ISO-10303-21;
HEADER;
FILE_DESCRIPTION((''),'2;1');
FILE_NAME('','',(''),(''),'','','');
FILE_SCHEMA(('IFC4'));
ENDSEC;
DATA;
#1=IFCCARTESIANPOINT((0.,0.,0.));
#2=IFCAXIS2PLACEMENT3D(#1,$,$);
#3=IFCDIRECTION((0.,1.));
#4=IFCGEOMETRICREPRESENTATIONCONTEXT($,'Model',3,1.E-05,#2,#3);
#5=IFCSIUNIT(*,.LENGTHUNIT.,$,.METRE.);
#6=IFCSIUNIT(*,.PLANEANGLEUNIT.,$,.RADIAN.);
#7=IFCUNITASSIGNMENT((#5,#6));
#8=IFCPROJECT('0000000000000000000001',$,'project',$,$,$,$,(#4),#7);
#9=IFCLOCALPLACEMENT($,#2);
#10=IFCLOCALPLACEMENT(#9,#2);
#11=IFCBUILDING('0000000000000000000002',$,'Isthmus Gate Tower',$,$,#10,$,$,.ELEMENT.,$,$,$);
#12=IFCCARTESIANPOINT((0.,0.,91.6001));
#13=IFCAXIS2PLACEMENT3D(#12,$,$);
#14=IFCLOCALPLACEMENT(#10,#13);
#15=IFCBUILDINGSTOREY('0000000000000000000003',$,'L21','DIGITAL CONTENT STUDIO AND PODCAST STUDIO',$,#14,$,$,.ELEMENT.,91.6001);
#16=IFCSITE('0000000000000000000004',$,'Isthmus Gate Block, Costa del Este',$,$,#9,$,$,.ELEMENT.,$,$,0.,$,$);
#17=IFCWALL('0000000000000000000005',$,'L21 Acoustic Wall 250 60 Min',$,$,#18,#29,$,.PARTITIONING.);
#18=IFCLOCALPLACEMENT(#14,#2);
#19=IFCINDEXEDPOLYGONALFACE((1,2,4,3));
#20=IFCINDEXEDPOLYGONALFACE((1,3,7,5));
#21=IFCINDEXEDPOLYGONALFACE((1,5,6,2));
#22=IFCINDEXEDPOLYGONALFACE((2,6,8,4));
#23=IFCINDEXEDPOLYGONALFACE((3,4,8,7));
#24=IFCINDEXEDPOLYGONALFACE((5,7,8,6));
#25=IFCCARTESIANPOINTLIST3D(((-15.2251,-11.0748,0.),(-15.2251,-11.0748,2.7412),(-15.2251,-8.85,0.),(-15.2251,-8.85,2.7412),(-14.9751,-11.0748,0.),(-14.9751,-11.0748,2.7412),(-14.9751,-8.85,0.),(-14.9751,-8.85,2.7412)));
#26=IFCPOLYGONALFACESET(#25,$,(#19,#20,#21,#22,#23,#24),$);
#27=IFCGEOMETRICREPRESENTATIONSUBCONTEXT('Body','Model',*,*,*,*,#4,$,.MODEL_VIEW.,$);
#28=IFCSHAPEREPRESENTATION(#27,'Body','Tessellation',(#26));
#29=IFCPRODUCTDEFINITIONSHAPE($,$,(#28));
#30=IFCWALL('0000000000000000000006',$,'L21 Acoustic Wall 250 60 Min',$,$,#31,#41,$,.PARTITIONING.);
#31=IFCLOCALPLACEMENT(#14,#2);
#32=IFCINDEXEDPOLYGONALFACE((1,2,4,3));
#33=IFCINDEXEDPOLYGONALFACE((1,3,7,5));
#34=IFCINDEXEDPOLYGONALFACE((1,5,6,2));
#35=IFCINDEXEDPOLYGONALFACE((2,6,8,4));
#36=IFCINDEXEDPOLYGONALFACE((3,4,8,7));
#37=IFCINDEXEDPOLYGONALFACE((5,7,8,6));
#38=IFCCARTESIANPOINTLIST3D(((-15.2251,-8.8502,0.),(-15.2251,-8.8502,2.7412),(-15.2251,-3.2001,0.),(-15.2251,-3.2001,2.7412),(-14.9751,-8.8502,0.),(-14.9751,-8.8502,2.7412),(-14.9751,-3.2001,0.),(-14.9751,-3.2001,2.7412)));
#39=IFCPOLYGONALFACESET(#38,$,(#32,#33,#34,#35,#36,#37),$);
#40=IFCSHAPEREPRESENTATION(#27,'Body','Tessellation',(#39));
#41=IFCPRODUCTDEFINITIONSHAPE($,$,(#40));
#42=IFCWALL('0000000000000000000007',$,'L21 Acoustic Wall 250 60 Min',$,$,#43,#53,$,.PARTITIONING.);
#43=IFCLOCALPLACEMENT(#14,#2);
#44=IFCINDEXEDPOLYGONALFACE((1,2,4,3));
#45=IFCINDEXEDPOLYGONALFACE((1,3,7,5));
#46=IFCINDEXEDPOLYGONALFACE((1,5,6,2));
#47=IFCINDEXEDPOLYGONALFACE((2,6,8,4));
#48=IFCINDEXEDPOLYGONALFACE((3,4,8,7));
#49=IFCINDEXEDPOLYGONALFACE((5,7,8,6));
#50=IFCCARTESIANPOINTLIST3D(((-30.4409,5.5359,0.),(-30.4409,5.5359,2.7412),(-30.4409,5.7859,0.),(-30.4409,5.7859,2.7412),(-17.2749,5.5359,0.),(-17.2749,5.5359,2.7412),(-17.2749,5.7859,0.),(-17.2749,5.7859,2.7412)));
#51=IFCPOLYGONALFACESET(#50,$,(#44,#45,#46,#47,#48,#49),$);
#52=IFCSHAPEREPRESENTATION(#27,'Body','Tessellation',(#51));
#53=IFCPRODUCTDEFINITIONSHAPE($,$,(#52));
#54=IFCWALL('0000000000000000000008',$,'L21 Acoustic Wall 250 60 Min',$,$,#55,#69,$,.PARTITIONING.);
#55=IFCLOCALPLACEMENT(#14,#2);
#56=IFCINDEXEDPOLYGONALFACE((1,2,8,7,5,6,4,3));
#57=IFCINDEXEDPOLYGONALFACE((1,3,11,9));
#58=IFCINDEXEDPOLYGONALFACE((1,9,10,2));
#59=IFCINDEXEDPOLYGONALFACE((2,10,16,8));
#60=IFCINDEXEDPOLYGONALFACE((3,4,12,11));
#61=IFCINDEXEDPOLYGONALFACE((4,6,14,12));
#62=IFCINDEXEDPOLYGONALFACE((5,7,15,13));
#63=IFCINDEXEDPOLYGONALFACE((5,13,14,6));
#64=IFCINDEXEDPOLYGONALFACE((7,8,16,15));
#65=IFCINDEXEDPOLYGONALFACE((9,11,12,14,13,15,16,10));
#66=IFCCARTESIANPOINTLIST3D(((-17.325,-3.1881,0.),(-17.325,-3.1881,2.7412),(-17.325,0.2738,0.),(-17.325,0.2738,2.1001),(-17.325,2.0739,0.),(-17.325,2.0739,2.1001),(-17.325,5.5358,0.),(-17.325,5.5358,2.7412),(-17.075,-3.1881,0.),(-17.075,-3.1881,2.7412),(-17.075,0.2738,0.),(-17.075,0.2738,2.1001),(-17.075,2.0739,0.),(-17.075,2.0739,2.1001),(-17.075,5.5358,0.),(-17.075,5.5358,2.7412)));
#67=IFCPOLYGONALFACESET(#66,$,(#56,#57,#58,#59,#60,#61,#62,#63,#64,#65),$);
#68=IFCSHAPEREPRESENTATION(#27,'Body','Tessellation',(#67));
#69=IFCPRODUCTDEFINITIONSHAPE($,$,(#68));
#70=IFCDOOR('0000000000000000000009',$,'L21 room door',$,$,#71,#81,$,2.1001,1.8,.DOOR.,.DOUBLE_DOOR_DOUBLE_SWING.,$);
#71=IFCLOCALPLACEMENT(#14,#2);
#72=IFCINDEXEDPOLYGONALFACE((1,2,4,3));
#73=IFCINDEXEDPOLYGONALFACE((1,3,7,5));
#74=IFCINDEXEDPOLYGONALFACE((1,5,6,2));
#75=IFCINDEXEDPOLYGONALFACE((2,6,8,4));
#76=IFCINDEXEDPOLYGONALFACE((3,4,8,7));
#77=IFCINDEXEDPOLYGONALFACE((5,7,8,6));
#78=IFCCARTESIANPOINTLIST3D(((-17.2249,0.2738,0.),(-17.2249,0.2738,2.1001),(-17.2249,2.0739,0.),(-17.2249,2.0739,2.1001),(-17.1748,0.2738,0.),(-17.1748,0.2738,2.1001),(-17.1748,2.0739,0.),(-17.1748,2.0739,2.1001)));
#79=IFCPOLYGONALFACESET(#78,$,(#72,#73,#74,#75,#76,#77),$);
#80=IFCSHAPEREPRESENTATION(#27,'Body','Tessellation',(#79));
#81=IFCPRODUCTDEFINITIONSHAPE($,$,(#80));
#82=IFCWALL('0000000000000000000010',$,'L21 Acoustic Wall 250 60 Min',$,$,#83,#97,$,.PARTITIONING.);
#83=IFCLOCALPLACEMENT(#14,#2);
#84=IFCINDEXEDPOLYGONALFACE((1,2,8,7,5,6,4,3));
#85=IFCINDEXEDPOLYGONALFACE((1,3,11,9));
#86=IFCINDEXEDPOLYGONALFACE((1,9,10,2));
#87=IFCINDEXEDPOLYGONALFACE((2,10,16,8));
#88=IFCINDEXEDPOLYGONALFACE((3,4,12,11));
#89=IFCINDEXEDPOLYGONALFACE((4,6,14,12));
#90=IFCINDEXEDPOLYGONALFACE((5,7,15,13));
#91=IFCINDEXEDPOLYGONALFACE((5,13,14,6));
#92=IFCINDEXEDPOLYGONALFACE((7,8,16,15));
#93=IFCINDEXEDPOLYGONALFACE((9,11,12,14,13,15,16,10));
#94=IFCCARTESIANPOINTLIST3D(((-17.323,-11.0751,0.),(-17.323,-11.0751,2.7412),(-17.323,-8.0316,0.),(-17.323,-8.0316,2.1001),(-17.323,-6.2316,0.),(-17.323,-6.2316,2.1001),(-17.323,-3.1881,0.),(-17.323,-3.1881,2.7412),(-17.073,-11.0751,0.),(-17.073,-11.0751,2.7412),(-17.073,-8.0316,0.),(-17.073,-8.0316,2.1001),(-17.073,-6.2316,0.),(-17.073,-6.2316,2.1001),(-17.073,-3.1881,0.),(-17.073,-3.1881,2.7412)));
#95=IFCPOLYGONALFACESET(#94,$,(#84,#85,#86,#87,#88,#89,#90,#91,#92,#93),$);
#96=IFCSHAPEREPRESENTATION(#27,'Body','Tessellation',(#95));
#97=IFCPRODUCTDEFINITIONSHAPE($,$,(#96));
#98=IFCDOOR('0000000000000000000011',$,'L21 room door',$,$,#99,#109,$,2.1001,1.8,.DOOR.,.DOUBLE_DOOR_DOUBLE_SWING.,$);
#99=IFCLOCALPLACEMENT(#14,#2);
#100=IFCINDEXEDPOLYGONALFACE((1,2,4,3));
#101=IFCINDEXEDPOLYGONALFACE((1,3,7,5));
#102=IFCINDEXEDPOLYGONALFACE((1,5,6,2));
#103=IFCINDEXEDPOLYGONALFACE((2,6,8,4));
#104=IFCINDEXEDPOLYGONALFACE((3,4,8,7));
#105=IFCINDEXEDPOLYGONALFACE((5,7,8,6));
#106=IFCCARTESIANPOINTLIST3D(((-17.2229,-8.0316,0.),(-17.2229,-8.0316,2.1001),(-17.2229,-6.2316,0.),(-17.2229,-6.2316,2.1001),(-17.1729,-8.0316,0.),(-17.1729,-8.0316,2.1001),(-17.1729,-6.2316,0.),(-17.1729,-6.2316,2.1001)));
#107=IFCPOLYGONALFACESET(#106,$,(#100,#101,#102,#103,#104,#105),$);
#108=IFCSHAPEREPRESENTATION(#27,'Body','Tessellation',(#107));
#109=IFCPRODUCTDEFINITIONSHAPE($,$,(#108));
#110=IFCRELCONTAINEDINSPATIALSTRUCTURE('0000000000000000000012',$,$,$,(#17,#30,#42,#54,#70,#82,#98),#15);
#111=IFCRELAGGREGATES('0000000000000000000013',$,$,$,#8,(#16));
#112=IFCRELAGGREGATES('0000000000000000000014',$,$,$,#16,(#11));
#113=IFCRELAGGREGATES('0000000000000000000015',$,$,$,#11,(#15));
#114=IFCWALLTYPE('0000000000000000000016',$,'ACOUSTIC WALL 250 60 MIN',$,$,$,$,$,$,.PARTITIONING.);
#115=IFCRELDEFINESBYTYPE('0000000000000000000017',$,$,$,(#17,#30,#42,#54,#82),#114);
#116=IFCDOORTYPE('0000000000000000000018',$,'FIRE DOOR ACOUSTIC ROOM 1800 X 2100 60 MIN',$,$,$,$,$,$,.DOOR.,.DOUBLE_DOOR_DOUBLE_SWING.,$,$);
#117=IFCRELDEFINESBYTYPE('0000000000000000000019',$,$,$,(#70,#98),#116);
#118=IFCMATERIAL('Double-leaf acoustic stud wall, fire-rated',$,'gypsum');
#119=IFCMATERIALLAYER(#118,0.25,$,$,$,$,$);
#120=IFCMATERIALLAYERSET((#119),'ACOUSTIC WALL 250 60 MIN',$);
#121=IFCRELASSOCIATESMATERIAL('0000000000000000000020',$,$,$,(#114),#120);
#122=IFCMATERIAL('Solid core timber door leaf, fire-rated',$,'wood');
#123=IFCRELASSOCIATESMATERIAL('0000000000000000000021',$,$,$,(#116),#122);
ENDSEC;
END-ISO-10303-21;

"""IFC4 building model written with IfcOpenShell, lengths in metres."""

from ifc_helpers import new_model, si_unit, direction, frame, frame_2d, origin, place, context, subcontext, project, spatial, rectangle, extrude, material, layer, layer_set, type_object, element, fill, save


model = new_model("IFC4")

# Units and contexts
model_context = context("Model", 3, precision=1e-05, world=origin(), true_north=direction((0.0, 1.0)))
body_context = subcontext(model_context, "Body", "Model", "MODEL_VIEW")
ifc_project = project(units=[si_unit("LENGTHUNIT", "METRE"), si_unit("PLANEANGLEUNIT", "RADIAN")], contexts=[model_context])

# Site, building, storey
site_placement = place(None, origin())
site = spatial("IfcSite", under=ifc_project, at=site_placement, Name="Isthmus Gate Block, Costa del Este", CompositionType="ELEMENT", RefElevation=0.0)
building_placement = place(site_placement, origin())
building = spatial("IfcBuilding", under=site, at=building_placement, Name="Isthmus Gate Tower", CompositionType="ELEMENT")
storey_placement = place(building_placement, frame((0.0, 0.0, 91.6001)))
storey = spatial("IfcBuildingStorey", under=building, at=storey_placement, Name="L21", Description="DIGITAL CONTENT STUDIO AND PODCAST STUDIO", CompositionType="ELEMENT", Elevation=91.6001)

# Walls
ifc_material_1 = material(Name="Double-leaf acoustic stud wall, fire-rated", Category="gypsum")
ifc_layer_1 = layer(ifc_material_1, 0.25)
ifc_layer_set_1 = layer_set([ifc_layer_1], Name="ACOUSTIC WALL 250 60 MIN")
wall_type = type_object("IfcWallType", Name="ACOUSTIC WALL 250 60 MIN", PredefinedType="PARTITIONING", material=ifc_layer_set_1)
wall_1_placement = place(storey_placement, frame((-15.1001, -8.8501, 0.0), z_axis=(0.0, 0.0, 1.0), x_axis=(0.0, -1.0, 0.0)))
element("IfcWall", 1, at=wall_1_placement, inside=storey, type_object=wall_type, Name="L21 Acoustic Wall 250 60 Min", PredefinedType="PARTITIONING", context=body_context, shape_type="SweptSolid", body=[
    extrude(rectangle(XDim=2.2249, YDim=0.25, at=frame_2d((1.1123, 0.0))), origin(), (0.0, 0.0, 1.0), 2.7412),
])
wall_2_placement = place(storey_placement, frame((-15.1001, -3.2, 0.0), z_axis=(0.0, 0.0, 1.0), x_axis=(0.0, -1.0, 0.0)))
element("IfcWall", 2, at=wall_2_placement, inside=storey, type_object=wall_type, Name="L21 Acoustic Wall 250 60 Min", PredefinedType="PARTITIONING", context=body_context, shape_type="SweptSolid", body=[
    extrude(rectangle(XDim=5.6501, YDim=0.25, at=frame_2d((2.8252, 0.0))), origin(), (0.0, 0.0, 1.0), 2.7412),
])
wall_3_placement = place(storey_placement, frame((-30.4409, 5.6609, 0.0), z_axis=(0.0, 0.0, 1.0), x_axis=(1.0, 0.0, 0.0)))
element("IfcWall", 3, at=wall_3_placement, inside=storey, type_object=wall_type, Name="L21 Acoustic Wall 250 60 Min", PredefinedType="PARTITIONING", context=body_context, shape_type="SweptSolid", body=[
    extrude(rectangle(XDim=13.166, YDim=0.25, at=frame_2d((6.583, 0.0))), origin(), (0.0, 0.0, 1.0), 2.7412),
])

# Walls, openings, doors
wall_4_placement = place(storey_placement, frame((-17.2, -3.188, 0.0), z_axis=(0.0, 0.0, 1.0), x_axis=(0.0, 1.0, 0.0)))
wall_4 = element("IfcWall", 4, at=wall_4_placement, inside=storey, type_object=wall_type, Name="L21 Acoustic Wall 250 60 Min", PredefinedType="PARTITIONING", context=body_context, shape_type="SweptSolid", body=[
    extrude(rectangle(XDim=8.7239, YDim=0.25, at=frame_2d((4.3618, 0.0))), origin(), (0.0, 0.0, 1.0), 2.7412),
])
opening_1_placement = place(wall_4_placement, frame((3.4619, 0.0, 0.0)))
opening_1 = element("IfcOpeningElement", 5, at=opening_1_placement, cuts=wall_4, PredefinedType="OPENING", context=body_context, shape_type="SweptSolid", body=[
    extrude(rectangle(XDim=1.8, YDim=2.1001, at=frame_2d((0.8999, 1.05))), frame((0.0, 0.135, 0.0), z_axis=(0.0, -1.0, 0.0), x_axis=(1.0, 0.0, 0.0)), (0.0, 0.0, 1.0), 0.27),
])
ifc_material_2 = material(Name="Solid core timber door leaf, fire-rated", Category="wood")
door_type = type_object("IfcDoorType", Name="FIRE DOOR ACOUSTIC ROOM 1800 X 2100 60 MIN", OperationType="DOUBLE_DOOR_DOUBLE_SWING", PredefinedType="DOOR", material=ifc_material_2)
door_1_placement = place(opening_1_placement, origin())
door_1 = element("IfcDoor", 6, at=door_1_placement, inside=storey, type_object=door_type, Name="L21 room door", OperationType="DOUBLE_DOOR_DOUBLE_SWING", OverallHeight=2.1001, OverallWidth=1.8, PredefinedType="DOOR", context=body_context, shape_type="SweptSolid", body=[
    extrude(rectangle(XDim=1.8, YDim=2.1001, at=frame_2d((0.8999, 1.05))), frame((0.0, 0.0249, 0.0), z_axis=(0.0, -1.0, 0.0), x_axis=(1.0, 0.0, 0.0)), (0.0, 0.0, 1.0), 0.05),
])
fill(opening_1, door_1)
wall_5_placement = place(storey_placement, frame((-17.198, -11.075, 0.0), z_axis=(0.0, 0.0, 1.0), x_axis=(0.0, 1.0, 0.0)))
wall_5 = element("IfcWall", 7, at=wall_5_placement, inside=storey, type_object=wall_type, Name="L21 Acoustic Wall 250 60 Min", PredefinedType="PARTITIONING", context=body_context, shape_type="SweptSolid", body=[
    extrude(rectangle(XDim=7.887, YDim=0.25, at=frame_2d((3.9434, 0.0))), origin(), (0.0, 0.0, 1.0), 2.7412),
])
opening_2_placement = place(wall_5_placement, frame((3.0435, 0.0, 0.0)))
opening_2 = element("IfcOpeningElement", 8, at=opening_2_placement, cuts=wall_5, PredefinedType="OPENING", context=body_context, shape_type="SweptSolid", body=[
    extrude(rectangle(XDim=1.8, YDim=2.1001, at=frame_2d((0.8999, 1.05))), frame((0.0, 0.135, 0.0), z_axis=(0.0, -1.0, 0.0), x_axis=(1.0, 0.0, 0.0)), (0.0, 0.0, 1.0), 0.27),
])
door_2_placement = place(opening_2_placement, origin())
door_2 = element("IfcDoor", 9, at=door_2_placement, inside=storey, type_object=door_type, Name="L21 room door", OperationType="DOUBLE_DOOR_DOUBLE_SWING", OverallHeight=2.1001, OverallWidth=1.8, PredefinedType="DOOR", context=body_context, shape_type="SweptSolid", body=[
    extrude(rectangle(XDim=1.8, YDim=2.1001, at=frame_2d((0.8999, 1.05))), frame((0.0, 0.0249, 0.0), z_axis=(0.0, -1.0, 0.0), x_axis=(1.0, 0.0, 0.0)), (0.0, 0.0, 1.0), 0.05),
])
fill(opening_2, door_2)

save(model, "model.ifc")
